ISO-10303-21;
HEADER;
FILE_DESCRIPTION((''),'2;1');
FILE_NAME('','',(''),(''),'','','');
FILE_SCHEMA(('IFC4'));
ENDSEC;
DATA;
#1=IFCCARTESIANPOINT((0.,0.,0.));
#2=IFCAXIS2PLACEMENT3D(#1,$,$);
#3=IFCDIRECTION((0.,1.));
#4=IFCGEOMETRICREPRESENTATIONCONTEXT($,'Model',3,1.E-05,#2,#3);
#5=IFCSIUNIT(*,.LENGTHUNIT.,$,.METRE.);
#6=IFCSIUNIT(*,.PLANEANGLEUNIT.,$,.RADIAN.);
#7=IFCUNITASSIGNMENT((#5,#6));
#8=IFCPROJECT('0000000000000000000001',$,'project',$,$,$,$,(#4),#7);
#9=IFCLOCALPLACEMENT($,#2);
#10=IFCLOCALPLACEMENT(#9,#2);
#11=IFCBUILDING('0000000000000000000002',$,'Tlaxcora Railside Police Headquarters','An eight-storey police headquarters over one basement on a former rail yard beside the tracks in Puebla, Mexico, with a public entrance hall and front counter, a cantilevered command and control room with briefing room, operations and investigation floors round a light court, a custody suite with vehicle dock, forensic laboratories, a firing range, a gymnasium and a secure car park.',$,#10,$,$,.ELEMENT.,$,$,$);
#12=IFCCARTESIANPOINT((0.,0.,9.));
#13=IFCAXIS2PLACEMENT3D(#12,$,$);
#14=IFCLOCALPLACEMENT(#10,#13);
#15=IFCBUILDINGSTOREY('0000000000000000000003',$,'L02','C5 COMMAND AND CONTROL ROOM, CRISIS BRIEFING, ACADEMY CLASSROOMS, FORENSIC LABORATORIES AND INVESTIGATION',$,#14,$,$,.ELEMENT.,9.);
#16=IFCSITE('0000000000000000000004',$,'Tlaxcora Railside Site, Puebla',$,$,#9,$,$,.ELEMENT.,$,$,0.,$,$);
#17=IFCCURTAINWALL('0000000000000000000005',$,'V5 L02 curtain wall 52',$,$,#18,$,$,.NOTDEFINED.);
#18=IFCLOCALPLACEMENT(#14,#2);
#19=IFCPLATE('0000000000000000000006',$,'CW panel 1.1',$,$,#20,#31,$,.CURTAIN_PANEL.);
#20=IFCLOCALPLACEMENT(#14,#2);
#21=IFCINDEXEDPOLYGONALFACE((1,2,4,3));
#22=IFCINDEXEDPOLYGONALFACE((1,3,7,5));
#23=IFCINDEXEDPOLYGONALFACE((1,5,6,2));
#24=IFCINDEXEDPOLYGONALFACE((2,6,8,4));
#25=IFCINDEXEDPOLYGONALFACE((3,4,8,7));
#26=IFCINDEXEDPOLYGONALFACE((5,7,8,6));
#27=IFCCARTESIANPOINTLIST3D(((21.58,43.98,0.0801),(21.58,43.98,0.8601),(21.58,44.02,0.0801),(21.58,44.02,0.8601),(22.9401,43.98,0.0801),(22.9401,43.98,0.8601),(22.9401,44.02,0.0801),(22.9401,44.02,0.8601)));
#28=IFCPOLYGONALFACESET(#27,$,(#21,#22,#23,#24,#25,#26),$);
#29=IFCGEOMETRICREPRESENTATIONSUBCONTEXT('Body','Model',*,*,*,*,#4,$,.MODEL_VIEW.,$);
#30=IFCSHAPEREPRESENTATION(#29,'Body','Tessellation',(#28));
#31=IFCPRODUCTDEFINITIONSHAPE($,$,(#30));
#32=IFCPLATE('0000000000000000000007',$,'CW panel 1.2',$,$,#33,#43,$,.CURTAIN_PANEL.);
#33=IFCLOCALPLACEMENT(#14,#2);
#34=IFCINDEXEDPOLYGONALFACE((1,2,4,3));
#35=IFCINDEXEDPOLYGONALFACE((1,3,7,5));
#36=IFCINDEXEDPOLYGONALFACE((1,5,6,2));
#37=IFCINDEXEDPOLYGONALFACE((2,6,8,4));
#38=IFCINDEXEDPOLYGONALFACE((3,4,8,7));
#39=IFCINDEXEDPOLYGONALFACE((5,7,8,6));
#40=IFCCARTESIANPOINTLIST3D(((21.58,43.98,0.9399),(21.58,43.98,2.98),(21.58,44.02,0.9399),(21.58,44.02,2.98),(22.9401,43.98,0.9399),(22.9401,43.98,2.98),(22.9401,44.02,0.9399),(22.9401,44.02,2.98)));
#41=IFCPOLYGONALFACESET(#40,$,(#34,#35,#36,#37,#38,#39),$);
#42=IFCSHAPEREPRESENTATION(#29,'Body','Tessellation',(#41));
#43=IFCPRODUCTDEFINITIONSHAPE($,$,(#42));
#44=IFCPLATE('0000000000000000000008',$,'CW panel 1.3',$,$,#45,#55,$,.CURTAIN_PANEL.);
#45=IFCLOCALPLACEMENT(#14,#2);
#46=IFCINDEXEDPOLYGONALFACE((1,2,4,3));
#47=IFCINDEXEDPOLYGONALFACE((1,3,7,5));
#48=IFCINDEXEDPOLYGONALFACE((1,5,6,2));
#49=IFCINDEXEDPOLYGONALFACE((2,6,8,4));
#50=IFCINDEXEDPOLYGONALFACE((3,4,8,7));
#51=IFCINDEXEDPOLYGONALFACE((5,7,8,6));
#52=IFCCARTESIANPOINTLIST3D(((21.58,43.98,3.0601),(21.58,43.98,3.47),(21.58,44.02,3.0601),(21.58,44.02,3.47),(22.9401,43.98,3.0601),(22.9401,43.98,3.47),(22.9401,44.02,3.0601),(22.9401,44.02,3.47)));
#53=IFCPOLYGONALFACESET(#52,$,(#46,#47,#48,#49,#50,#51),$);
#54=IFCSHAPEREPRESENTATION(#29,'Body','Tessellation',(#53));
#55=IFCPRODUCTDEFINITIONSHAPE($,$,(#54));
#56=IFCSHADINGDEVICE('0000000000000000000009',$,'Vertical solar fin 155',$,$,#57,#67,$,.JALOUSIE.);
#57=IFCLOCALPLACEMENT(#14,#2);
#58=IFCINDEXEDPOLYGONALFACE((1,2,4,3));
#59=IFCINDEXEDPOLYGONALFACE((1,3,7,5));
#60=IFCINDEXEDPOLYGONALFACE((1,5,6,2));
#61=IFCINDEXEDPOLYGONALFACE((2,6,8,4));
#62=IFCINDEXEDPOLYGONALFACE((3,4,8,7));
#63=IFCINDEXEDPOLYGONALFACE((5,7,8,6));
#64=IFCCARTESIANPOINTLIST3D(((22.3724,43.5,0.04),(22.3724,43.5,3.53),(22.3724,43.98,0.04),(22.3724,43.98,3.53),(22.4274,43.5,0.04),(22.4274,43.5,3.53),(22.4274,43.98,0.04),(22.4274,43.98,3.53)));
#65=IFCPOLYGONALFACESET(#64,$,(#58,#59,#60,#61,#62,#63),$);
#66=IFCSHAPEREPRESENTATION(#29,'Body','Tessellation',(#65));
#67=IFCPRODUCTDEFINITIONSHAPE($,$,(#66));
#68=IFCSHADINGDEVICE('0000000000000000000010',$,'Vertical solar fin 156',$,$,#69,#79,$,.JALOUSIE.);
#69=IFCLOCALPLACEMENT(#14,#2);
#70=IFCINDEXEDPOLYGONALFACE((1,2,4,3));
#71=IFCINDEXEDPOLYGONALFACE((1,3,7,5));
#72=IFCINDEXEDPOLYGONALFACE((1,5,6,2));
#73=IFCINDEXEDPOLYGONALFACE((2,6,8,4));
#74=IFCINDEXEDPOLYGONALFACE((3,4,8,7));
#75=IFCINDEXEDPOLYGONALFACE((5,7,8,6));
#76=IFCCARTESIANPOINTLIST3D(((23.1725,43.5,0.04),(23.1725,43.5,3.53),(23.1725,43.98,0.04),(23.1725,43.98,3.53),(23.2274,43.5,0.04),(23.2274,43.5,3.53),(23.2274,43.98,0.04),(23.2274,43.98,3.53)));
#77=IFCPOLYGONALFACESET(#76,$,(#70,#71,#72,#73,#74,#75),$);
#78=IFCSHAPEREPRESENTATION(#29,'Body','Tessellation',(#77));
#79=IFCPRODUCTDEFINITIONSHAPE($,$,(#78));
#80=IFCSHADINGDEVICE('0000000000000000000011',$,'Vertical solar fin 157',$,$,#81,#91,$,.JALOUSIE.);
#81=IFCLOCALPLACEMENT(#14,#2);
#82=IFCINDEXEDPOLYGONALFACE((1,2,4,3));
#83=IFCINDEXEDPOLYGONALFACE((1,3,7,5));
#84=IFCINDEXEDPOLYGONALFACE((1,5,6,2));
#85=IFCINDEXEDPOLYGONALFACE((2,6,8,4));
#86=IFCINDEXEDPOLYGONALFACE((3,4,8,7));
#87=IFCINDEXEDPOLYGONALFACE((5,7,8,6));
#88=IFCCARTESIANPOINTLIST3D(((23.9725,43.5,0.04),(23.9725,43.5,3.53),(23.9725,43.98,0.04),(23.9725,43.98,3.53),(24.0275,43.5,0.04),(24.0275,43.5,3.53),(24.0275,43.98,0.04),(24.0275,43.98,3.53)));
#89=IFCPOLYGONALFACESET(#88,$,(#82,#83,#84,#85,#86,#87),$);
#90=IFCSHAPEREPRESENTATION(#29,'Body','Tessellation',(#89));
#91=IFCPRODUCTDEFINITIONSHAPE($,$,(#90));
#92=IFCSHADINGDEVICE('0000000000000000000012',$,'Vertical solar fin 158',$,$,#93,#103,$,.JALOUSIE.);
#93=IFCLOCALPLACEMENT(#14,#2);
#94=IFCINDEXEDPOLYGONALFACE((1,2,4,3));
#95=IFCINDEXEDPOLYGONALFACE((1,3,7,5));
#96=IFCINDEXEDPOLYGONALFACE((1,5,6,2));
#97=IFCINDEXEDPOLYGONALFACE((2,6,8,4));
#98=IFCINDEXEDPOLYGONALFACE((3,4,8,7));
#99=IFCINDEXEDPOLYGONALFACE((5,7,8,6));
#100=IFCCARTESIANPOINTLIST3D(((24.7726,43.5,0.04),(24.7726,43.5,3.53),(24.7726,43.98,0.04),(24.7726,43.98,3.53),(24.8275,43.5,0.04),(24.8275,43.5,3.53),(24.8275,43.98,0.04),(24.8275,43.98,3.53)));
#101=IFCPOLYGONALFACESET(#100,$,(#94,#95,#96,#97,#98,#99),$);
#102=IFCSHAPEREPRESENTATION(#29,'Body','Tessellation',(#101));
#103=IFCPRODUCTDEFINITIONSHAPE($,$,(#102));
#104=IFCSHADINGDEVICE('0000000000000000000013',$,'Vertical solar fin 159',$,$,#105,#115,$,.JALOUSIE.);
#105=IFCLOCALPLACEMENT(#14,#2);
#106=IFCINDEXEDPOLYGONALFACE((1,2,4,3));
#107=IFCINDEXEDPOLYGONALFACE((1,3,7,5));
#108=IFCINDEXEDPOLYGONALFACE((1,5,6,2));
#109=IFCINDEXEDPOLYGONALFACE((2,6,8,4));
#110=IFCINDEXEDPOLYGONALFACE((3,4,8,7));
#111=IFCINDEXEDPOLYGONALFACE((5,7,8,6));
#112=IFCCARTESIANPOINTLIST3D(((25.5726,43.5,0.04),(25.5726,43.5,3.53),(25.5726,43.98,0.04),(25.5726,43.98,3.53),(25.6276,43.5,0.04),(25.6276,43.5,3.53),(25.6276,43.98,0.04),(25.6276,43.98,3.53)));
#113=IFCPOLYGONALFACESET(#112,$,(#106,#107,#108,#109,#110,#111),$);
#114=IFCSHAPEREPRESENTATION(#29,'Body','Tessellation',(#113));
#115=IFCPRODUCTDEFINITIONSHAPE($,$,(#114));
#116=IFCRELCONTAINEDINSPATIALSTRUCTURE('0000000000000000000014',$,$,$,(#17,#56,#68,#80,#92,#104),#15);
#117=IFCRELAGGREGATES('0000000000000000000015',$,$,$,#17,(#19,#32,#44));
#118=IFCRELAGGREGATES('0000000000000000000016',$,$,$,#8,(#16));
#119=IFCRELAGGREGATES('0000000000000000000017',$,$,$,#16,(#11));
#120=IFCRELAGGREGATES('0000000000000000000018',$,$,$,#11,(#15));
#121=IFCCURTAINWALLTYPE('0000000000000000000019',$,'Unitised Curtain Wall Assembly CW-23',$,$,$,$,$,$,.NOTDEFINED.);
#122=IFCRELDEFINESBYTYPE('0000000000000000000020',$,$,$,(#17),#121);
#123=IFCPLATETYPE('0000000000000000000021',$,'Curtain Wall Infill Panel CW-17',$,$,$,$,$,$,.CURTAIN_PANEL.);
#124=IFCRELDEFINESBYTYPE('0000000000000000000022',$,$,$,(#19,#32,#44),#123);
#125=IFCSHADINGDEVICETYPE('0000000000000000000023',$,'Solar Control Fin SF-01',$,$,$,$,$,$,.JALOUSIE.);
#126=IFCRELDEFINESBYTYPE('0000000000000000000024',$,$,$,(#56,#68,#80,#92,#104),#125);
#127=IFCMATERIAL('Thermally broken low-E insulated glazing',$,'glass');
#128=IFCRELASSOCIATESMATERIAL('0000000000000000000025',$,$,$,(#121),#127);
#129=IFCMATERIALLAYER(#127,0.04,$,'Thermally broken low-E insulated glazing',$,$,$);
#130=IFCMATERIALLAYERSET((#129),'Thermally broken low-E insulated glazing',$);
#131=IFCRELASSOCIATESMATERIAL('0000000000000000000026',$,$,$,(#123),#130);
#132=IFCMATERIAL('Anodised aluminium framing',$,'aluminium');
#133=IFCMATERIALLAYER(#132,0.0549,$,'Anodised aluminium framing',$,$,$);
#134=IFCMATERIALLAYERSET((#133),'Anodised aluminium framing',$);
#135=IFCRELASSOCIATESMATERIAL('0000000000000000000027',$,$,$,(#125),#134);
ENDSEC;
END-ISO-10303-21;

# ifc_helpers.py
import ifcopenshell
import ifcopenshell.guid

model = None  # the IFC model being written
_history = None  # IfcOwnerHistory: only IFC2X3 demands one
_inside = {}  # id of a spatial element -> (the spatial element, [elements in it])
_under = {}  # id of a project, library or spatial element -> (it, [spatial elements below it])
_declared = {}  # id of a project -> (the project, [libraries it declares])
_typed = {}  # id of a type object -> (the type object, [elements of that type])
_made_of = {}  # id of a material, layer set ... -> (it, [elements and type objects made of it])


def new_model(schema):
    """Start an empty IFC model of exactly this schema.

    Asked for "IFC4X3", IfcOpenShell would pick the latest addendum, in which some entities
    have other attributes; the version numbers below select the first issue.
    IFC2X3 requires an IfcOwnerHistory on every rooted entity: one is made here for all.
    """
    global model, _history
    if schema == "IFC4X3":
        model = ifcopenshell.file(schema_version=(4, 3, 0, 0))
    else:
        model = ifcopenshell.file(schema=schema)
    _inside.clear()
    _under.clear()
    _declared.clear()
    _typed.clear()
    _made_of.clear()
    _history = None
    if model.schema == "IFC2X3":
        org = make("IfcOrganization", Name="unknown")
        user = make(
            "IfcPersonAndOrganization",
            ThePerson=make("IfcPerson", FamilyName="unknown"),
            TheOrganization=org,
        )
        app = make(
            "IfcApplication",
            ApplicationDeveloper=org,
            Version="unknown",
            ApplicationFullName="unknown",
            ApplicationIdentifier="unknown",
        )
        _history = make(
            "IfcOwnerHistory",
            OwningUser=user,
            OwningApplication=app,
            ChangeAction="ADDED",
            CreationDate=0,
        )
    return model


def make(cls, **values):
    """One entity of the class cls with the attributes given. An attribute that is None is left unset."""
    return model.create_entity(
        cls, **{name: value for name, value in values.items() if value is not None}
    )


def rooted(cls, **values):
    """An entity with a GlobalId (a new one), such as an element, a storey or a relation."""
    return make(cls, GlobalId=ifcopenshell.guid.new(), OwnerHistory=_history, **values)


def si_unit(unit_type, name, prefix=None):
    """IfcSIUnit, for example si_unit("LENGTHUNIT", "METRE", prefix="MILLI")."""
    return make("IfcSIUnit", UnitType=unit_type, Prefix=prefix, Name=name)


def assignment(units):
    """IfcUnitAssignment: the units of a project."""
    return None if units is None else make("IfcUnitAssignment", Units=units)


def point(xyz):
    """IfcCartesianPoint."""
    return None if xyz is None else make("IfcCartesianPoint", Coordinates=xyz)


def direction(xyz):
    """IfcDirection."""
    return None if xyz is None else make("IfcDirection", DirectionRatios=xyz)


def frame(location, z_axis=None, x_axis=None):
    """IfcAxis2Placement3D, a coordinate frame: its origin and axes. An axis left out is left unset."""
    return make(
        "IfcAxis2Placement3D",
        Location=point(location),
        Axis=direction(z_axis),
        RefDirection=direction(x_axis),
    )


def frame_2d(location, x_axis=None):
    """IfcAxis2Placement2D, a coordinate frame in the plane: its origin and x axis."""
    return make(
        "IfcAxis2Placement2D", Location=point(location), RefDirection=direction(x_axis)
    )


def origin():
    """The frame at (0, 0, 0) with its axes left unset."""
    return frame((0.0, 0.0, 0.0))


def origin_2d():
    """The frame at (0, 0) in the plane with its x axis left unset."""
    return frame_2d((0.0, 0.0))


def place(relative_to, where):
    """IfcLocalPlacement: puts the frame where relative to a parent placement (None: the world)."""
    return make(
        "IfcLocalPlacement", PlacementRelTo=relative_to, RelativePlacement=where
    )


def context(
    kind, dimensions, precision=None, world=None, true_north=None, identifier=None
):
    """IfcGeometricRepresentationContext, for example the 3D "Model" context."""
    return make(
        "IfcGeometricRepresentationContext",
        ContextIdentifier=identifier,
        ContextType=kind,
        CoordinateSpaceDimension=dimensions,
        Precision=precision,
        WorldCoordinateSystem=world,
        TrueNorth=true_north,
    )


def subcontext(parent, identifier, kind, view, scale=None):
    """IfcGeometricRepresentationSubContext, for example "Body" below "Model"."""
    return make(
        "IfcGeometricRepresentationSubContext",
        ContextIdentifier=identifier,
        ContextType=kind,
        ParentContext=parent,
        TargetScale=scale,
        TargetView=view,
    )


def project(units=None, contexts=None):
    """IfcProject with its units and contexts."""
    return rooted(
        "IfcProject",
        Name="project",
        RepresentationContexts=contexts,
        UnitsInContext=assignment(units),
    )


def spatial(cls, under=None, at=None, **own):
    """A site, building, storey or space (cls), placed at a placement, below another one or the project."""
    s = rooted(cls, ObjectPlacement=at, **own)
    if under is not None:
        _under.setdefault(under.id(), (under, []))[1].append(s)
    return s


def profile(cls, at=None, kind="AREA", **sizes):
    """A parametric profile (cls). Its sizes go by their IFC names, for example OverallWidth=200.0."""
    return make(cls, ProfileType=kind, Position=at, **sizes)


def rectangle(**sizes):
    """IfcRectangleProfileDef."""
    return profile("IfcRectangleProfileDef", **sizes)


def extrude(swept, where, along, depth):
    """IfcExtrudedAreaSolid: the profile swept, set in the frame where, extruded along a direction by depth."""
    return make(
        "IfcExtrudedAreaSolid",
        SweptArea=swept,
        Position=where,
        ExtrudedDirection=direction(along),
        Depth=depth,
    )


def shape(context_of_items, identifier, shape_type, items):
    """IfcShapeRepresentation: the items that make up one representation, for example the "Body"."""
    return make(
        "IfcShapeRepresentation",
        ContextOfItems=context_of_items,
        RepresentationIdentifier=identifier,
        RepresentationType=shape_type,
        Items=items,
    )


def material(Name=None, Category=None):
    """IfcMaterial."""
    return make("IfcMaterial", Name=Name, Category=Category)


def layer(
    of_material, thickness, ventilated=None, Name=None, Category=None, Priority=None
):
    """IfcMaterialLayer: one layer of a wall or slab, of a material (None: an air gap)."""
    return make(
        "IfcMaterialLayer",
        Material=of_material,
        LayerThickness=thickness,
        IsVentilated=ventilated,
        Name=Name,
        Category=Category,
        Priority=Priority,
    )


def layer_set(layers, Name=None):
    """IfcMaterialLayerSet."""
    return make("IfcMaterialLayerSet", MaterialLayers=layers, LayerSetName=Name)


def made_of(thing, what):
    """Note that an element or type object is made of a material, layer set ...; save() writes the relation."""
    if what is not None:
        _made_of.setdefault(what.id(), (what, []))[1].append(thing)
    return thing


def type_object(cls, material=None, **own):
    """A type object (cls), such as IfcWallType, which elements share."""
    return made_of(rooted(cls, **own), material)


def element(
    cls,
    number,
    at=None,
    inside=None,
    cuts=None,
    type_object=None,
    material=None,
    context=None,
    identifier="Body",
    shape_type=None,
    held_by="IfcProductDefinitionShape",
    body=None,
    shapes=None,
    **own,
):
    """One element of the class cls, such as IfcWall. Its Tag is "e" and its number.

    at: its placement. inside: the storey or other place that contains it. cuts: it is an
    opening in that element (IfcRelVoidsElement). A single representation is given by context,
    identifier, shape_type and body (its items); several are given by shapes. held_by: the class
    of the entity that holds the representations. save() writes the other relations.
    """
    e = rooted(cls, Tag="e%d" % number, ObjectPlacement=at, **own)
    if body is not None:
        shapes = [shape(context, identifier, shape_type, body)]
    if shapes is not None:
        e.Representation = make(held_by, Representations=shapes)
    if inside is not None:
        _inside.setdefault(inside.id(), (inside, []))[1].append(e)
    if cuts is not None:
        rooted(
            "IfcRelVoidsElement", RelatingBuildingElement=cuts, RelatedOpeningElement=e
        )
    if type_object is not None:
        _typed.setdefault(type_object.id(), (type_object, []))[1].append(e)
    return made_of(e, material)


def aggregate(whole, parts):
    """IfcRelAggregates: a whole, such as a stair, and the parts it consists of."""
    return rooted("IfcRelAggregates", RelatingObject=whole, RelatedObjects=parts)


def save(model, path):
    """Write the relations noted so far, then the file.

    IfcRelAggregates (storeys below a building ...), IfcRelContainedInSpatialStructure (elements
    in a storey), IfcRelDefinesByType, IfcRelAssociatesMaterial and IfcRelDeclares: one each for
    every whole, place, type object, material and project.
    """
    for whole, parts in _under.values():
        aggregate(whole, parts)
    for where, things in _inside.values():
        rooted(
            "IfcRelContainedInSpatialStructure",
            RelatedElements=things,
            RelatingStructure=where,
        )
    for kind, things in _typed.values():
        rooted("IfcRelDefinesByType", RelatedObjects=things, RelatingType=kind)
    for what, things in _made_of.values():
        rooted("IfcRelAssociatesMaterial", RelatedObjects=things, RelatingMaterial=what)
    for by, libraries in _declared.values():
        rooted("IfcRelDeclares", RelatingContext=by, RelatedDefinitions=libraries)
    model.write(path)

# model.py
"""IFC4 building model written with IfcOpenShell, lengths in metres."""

from ifc_helpers import new_model, si_unit, direction, frame, origin, origin_2d, place, context, subcontext, project, spatial, rectangle, extrude, material, layer, layer_set, type_object, element, aggregate, save


model = new_model("IFC4")

# Units and contexts
model_context = context("Model", 3, precision=1e-05, world=origin(), true_north=direction((0.0, 1.0)))
body_context = subcontext(model_context, "Body", "Model", "MODEL_VIEW")
ifc_project = project(units=[si_unit("LENGTHUNIT", "METRE"), si_unit("PLANEANGLEUNIT", "RADIAN")], contexts=[model_context])

# Site, building, storey
site_placement = place(None, origin())
site = spatial("IfcSite", under=ifc_project, at=site_placement, Name="Tlaxcora Railside Site, Puebla", CompositionType="ELEMENT", RefElevation=0.0)
building_placement = place(site_placement, origin())
building = spatial("IfcBuilding", under=site, at=building_placement, Name="Tlaxcora Railside Police Headquarters", Description="An eight-storey police headquarters over one basement on a former rail yard beside the tracks in Puebla, Mexico, with a public entrance hall and front counter, a cantilevered command and control room with briefing room, operations and investigation floors round a light court, a custody suite with vehicle dock, forensic laboratories, a firing range, a gymnasium and a secure car park.", CompositionType="ELEMENT")
storey_placement = place(building_placement, frame((0.0, 0.0, 9.0)))
storey = spatial("IfcBuildingStorey", under=building, at=storey_placement, Name="L02", Description="C5 COMMAND AND CONTROL ROOM, CRISIS BRIEFING, ACADEMY CLASSROOMS, FORENSIC LABORATORIES AND INVESTIGATION", CompositionType="ELEMENT", Elevation=9.0)

# Curtain wall
ifc_material_1 = material(Name="Thermally broken low-E insulated glazing", Category="glass")
curtain_wall_type = type_object("IfcCurtainWallType", Name="Unitised Curtain Wall Assembly CW-23", PredefinedType="NOTDEFINED", material=ifc_material_1)
curtain_wall_placement = place(storey_placement, origin())
curtain_wall = element("IfcCurtainWall", 1, at=curtain_wall_placement, inside=storey, type_object=curtain_wall_type, Name="V5 L02 curtain wall 52", PredefinedType="NOTDEFINED")
ifc_material_2 = material(Name="Anodised aluminium framing", Category="aluminium")

# Plates
ifc_layer_1 = layer(ifc_material_1, 0.04, Name="Thermally broken low-E insulated glazing")
ifc_layer_set_1 = layer_set([ifc_layer_1], Name="Thermally broken low-E insulated glazing")
plate_type = type_object("IfcPlateType", Name="Curtain Wall Infill Panel CW-17", PredefinedType="CURTAIN_PANEL", material=ifc_layer_set_1)
plate_1_placement = place(storey_placement, frame((22.26, 44.0, 0.0801), z_axis=(0.0, 0.0, 1.0), x_axis=(1.0, 0.0, 0.0)))
plate_1 = element("IfcPlate", 2, at=plate_1_placement, type_object=plate_type, Name="CW panel 1.1", PredefinedType="CURTAIN_PANEL", context=body_context, shape_type="SweptSolid", body=[
    extrude(rectangle(XDim=1.3601, YDim=0.04, at=origin_2d()), origin(), (0.0, 0.0, 1.0), 0.78),
])
plate_2_placement = place(storey_placement, frame((22.26, 44.0, 0.9399), z_axis=(0.0, 0.0, 1.0), x_axis=(1.0, 0.0, 0.0)))
plate_2 = element("IfcPlate", 3, at=plate_2_placement, type_object=plate_type, Name="CW panel 1.2", PredefinedType="CURTAIN_PANEL", context=body_context, shape_type="SweptSolid", body=[
    extrude(rectangle(XDim=1.3601, YDim=0.04, at=origin_2d()), origin(), (0.0, 0.0, 1.0), 2.04),
])
plate_3_placement = place(storey_placement, frame((22.26, 44.0, 3.0601), z_axis=(0.0, 0.0, 1.0), x_axis=(1.0, 0.0, 0.0)))
plate_3 = element("IfcPlate", 4, at=plate_3_placement, type_object=plate_type, Name="CW panel 1.3", PredefinedType="CURTAIN_PANEL", context=body_context, shape_type="SweptSolid", body=[
    extrude(rectangle(XDim=1.3601, YDim=0.04, at=origin_2d()), origin(), (0.0, 0.0, 1.0), 0.4099),
])
aggregate(curtain_wall, [plate_1, plate_2, plate_3])

# Shading devices
ifc_layer_2 = layer(ifc_material_2, 0.0549, Name="Anodised aluminium framing")
ifc_layer_set_2 = layer_set([ifc_layer_2], Name="Anodised aluminium framing")
shading_device_type = type_object("IfcShadingDeviceType", Name="Solar Control Fin SF-01", PredefinedType="JALOUSIE", material=ifc_layer_set_2)
for number, where, z_axis, x_axis, name in (
    (5, (22.3999, 43.74, 0.04), (0.0, 0.0, 1.0), (0.0, -1.0, 0.0), "Vertical solar fin 155"),
    (6, (23.2, 43.74, 0.04), (0.0, 0.0, 1.0), (0.0, -1.0, 0.0), "Vertical solar fin 156"),
    (7, (24.0, 43.74, 0.04), (0.0, 0.0, 1.0), (0.0, -1.0, 0.0), "Vertical solar fin 157"),
    (8, (24.8, 43.74, 0.04), (0.0, 0.0, 1.0), (0.0, -1.0, 0.0), "Vertical solar fin 158"),
    (9, (25.6001, 43.74, 0.04), (0.0, 0.0, 1.0), (0.0, -1.0, 0.0), "Vertical solar fin 159"),
):
    element("IfcShadingDevice", number, at=place(storey_placement, frame(where, z_axis=z_axis, x_axis=x_axis)), inside=storey, type_object=shading_device_type, Name=name, PredefinedType="JALOUSIE", context=body_context, shape_type="SweptSolid", body=[
        extrude(rectangle(XDim=0.48, YDim=0.0549, at=origin_2d()), origin(), (0.0, 0.0, 1.0), 3.49),
    ])

save(model, "model.ifc")
